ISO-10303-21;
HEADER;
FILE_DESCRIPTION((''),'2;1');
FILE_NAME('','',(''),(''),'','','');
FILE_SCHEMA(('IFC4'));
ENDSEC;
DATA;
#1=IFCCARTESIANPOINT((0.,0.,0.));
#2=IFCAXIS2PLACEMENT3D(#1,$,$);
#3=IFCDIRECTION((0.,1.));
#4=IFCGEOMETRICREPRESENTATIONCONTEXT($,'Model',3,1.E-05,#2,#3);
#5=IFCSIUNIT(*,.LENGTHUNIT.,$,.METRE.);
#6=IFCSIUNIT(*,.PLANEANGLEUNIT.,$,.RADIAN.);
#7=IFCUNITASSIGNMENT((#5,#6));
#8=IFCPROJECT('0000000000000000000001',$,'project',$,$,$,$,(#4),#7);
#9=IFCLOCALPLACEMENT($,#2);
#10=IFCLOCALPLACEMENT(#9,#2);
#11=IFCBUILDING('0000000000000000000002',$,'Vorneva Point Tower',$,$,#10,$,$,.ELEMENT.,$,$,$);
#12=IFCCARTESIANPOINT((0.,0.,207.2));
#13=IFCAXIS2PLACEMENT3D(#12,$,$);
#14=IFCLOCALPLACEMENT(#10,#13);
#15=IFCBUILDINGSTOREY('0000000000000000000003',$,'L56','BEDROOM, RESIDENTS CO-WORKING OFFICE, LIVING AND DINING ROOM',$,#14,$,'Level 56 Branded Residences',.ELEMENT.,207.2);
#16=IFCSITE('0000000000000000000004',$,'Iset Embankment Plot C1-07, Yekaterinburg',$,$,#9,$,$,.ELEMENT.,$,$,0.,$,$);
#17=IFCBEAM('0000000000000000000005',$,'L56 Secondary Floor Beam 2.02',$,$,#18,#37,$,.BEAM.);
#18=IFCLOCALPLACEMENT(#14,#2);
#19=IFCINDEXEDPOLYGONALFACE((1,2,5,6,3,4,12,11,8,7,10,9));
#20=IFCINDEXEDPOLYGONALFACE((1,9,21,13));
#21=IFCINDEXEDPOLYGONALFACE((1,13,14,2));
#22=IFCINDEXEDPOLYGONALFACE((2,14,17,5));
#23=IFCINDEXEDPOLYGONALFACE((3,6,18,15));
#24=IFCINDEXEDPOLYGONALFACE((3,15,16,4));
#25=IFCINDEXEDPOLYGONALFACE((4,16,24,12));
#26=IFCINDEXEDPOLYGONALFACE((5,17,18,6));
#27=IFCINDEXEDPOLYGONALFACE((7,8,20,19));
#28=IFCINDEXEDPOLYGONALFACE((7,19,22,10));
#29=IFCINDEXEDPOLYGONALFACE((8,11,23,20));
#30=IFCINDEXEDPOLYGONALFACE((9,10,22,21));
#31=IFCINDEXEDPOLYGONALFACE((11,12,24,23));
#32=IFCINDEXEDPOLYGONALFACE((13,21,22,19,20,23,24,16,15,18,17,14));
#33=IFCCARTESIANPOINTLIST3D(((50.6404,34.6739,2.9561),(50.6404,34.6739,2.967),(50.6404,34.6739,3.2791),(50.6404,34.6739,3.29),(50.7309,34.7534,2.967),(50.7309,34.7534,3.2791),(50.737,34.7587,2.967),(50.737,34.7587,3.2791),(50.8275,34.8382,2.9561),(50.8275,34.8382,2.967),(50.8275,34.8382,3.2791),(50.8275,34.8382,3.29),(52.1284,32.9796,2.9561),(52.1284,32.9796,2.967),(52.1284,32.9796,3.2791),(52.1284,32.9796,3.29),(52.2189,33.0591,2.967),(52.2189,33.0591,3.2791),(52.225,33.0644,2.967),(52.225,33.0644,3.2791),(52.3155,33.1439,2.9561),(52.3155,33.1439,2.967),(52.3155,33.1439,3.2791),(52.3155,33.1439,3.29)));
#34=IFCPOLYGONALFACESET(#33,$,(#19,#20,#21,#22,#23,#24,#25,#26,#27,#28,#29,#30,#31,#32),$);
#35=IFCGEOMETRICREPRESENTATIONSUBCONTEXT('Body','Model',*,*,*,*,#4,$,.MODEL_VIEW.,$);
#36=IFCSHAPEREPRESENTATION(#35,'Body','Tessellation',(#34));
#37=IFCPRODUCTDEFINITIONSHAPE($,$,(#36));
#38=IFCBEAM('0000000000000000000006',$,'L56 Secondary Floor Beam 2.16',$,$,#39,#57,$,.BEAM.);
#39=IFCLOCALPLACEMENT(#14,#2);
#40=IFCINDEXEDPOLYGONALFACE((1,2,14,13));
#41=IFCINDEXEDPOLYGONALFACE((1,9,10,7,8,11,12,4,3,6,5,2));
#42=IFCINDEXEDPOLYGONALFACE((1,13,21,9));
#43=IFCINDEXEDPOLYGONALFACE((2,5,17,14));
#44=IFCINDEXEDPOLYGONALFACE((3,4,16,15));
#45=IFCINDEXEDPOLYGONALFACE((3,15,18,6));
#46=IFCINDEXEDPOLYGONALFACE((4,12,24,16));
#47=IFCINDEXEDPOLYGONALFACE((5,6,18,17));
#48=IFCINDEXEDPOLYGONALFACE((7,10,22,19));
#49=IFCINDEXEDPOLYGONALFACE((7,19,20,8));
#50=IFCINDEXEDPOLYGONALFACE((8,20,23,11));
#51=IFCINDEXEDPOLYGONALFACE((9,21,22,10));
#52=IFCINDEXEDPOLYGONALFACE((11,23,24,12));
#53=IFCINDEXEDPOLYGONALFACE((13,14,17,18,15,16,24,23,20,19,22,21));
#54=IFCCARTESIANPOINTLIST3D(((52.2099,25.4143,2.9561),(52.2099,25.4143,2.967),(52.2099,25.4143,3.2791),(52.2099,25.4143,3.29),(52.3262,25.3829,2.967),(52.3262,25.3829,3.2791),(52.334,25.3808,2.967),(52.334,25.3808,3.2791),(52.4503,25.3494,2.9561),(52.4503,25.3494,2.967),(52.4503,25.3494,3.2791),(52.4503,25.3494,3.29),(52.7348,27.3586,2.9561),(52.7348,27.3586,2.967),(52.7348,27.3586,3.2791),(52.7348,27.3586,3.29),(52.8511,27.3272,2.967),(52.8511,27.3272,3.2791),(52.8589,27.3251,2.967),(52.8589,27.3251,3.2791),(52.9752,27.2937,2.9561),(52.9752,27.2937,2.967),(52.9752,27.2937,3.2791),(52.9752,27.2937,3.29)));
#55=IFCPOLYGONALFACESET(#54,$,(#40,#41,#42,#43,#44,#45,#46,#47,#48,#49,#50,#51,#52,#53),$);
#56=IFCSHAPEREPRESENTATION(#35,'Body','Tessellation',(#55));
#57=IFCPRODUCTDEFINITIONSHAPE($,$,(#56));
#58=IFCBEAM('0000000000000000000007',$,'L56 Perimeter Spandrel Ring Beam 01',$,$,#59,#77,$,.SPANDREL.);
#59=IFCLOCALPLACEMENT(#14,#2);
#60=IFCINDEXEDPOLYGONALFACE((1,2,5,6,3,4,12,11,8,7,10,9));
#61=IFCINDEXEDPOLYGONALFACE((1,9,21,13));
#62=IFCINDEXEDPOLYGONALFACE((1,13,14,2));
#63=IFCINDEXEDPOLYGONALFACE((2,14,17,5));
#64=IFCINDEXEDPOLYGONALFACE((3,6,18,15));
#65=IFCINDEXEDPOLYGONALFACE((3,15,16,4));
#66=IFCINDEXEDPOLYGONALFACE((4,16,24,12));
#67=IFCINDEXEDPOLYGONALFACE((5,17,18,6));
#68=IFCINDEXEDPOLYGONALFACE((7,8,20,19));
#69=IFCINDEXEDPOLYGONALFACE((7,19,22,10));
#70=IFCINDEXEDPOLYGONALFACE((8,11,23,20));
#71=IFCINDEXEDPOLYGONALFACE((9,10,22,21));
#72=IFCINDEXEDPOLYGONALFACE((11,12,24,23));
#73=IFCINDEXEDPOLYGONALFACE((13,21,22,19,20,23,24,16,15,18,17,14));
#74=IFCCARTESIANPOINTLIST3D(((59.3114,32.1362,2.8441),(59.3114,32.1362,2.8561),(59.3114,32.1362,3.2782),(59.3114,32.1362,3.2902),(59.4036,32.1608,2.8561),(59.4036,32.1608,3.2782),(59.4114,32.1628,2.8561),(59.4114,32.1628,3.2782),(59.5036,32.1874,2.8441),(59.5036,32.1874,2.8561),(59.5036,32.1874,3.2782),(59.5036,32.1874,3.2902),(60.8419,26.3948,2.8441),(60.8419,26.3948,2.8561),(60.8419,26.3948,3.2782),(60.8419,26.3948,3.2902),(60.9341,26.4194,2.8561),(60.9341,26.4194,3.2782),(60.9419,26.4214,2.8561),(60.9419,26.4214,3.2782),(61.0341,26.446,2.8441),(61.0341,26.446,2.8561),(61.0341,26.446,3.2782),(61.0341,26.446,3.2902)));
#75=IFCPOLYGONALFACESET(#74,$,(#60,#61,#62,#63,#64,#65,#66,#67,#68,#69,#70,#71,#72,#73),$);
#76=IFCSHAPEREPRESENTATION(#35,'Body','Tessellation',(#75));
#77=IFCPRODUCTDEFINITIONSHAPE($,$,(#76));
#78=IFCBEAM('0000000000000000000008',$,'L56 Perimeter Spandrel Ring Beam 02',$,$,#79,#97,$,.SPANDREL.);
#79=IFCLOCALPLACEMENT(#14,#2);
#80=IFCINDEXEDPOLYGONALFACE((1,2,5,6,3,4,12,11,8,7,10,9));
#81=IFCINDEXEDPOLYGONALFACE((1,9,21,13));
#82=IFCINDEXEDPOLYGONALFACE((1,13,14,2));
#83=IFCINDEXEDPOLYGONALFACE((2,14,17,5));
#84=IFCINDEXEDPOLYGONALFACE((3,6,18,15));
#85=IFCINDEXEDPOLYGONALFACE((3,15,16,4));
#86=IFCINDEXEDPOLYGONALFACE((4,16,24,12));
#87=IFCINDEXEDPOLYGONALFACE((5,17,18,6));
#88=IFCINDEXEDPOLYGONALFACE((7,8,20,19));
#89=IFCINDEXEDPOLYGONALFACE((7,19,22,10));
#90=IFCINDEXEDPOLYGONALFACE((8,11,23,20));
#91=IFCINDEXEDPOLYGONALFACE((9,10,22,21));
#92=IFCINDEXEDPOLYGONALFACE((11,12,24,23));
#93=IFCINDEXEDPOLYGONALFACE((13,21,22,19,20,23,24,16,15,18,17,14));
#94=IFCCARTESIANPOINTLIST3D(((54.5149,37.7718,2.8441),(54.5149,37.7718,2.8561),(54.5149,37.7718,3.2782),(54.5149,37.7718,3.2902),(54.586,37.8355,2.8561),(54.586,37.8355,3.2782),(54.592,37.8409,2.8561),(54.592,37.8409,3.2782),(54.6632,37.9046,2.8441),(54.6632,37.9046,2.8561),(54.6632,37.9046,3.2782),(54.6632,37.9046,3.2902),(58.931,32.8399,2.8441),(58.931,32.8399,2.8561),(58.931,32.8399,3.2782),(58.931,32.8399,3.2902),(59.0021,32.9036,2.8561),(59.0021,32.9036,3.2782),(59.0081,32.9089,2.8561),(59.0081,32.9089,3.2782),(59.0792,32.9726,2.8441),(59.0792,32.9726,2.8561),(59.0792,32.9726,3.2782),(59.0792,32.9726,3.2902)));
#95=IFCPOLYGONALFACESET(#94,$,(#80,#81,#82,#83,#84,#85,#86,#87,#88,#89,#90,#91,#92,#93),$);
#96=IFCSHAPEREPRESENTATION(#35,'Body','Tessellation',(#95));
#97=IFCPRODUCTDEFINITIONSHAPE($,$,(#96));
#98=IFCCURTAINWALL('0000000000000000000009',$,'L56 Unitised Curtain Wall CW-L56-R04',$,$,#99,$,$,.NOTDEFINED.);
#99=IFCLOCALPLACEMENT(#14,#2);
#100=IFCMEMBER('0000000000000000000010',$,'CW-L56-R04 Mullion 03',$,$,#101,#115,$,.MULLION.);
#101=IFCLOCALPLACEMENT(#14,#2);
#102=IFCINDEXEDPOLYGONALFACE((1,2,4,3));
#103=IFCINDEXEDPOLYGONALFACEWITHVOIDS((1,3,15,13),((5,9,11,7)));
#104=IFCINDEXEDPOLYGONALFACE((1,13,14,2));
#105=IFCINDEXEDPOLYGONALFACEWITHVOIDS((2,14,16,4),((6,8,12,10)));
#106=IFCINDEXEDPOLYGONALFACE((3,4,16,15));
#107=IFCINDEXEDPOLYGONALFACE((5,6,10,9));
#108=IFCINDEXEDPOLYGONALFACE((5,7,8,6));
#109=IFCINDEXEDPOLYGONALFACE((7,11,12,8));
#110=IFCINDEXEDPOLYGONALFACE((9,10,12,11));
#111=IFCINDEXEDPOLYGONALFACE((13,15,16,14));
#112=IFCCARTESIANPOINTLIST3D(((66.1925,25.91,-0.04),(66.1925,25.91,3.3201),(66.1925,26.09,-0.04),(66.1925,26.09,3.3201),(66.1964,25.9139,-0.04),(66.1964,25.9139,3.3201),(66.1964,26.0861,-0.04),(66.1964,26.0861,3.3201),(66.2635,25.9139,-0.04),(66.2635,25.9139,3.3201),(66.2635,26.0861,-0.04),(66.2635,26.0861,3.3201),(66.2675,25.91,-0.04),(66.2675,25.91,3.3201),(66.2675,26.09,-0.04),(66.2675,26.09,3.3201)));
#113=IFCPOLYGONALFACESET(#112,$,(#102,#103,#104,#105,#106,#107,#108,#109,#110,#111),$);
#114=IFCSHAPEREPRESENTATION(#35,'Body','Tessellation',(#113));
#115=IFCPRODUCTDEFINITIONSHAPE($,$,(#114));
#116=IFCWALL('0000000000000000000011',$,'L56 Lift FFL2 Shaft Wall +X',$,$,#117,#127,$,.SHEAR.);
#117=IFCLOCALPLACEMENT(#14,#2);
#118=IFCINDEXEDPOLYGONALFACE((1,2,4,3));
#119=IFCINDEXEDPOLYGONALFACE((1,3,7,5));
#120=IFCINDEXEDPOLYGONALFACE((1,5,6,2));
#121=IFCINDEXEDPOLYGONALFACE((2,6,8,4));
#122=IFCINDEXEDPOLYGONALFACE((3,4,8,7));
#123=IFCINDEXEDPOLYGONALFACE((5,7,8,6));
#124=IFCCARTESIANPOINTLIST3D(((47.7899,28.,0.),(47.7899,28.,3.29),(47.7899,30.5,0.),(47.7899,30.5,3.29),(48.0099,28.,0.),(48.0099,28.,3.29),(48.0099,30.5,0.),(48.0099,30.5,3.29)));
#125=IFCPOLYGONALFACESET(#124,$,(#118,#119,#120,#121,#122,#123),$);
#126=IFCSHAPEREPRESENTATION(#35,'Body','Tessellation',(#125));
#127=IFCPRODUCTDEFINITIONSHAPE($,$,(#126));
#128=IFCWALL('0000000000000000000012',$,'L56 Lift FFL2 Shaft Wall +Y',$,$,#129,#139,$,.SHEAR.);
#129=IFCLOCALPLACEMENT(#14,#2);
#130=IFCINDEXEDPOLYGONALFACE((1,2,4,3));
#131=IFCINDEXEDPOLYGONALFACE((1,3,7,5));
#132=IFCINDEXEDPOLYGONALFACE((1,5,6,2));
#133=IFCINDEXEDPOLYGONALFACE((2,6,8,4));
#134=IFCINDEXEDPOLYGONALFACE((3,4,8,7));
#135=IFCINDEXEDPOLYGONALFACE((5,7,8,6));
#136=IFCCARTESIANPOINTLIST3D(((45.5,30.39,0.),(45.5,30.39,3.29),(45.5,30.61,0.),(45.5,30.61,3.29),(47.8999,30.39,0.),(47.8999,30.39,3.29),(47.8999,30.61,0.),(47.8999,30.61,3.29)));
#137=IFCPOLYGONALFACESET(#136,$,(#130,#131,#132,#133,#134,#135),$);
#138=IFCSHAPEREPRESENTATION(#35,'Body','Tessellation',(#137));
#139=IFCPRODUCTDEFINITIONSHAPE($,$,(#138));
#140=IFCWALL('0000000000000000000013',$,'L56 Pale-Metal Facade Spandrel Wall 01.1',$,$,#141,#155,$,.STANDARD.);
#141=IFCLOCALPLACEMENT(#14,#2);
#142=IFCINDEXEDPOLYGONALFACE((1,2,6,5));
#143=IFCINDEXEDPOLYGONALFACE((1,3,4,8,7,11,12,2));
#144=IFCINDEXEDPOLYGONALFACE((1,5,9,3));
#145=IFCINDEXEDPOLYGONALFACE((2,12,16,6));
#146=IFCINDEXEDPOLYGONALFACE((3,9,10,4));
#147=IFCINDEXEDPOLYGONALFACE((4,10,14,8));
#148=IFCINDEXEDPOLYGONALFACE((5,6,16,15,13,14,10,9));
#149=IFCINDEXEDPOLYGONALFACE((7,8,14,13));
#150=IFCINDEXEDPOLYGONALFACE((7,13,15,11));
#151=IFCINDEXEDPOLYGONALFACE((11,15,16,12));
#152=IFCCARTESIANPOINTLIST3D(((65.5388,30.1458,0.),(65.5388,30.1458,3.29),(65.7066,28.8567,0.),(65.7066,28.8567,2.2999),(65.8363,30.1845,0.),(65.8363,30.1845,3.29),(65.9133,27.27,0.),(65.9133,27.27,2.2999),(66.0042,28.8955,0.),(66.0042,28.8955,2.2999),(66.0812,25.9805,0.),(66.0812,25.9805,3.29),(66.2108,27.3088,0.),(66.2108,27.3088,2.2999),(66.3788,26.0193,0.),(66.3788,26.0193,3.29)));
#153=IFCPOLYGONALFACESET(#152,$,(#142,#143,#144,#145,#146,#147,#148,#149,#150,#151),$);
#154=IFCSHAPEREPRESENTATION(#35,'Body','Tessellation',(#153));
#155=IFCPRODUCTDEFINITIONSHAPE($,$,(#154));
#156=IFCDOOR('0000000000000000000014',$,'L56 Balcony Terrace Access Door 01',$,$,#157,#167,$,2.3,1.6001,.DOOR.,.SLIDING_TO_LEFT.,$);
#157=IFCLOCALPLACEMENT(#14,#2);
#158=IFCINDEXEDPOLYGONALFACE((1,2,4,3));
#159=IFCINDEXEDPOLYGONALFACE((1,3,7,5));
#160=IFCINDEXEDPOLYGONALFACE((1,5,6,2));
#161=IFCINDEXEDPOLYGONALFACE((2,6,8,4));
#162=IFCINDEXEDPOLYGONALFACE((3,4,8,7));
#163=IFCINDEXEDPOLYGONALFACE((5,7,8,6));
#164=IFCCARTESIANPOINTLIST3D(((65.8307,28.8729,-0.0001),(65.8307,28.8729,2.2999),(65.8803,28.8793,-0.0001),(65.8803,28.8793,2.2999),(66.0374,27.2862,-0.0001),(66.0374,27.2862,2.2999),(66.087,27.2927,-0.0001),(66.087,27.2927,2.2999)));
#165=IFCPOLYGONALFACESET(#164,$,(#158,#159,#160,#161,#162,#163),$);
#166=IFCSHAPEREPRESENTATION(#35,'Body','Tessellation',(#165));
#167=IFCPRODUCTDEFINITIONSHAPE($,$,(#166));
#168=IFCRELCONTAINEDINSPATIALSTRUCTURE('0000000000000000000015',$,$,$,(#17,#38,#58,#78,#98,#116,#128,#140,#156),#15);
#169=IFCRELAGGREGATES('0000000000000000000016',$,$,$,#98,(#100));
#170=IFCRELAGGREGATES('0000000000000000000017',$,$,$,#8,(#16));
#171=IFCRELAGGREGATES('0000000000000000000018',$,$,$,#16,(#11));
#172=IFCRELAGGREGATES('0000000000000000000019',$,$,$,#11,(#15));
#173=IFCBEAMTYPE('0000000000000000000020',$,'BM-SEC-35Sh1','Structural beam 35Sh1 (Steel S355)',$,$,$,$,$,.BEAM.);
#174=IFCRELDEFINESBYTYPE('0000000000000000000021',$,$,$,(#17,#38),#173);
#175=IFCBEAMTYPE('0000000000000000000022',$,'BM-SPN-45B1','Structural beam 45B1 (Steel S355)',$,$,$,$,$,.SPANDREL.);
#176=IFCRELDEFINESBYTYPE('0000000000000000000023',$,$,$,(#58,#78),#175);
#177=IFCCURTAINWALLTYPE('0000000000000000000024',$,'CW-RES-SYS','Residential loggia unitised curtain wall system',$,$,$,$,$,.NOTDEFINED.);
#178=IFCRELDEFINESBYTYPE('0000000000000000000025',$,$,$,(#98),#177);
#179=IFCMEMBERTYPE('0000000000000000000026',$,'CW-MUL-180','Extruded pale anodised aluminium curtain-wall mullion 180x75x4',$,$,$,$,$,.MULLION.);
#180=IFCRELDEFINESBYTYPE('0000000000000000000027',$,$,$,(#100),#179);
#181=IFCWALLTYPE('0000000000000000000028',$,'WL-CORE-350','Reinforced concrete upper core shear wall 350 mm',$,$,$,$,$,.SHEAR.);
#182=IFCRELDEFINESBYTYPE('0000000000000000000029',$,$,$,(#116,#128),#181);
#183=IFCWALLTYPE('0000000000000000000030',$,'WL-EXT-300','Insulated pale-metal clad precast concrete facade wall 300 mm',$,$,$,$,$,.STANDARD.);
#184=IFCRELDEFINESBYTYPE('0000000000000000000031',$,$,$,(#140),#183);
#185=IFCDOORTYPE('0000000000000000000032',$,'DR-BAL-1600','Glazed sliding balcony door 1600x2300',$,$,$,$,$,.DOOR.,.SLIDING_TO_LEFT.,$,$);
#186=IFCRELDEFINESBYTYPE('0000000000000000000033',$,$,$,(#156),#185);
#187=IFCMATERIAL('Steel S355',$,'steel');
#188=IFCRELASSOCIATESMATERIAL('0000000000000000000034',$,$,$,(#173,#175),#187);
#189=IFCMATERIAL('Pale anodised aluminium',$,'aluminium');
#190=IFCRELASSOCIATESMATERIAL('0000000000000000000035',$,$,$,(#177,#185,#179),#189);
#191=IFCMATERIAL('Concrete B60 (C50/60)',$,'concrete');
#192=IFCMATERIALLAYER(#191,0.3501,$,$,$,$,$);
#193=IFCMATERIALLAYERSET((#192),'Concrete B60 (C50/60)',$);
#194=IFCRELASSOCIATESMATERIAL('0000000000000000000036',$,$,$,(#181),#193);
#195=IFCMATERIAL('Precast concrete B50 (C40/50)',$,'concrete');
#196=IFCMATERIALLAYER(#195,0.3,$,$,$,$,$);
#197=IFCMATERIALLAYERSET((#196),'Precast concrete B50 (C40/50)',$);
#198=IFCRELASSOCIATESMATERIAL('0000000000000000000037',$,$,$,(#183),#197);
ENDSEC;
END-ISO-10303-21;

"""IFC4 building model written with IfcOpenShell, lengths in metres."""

from ifc_helpers import new_model, si_unit, direction, frame, frame_2d, origin, origin_2d, place, context, subcontext, project, spatial, rectangle, hollow_rectangle, i_section, extrude, material, layer, layer_set, material_profile, profile_set, type_object, element, fill, aggregate, save


model = new_model("IFC4")

# Units and contexts
model_context = context("Model", 3, precision=1e-05, world=origin(), true_north=direction((0.0, 1.0)))
body_context = subcontext(model_context, "Body", "Model", "MODEL_VIEW")
ifc_project = project(units=[si_unit("LENGTHUNIT", "METRE"), si_unit("PLANEANGLEUNIT", "RADIAN")], contexts=[model_context])

# Site, building, storey
site_placement = place(None, origin())
site = spatial("IfcSite", under=ifc_project, at=site_placement, Name="Iset Embankment Plot C1-07, Yekaterinburg", CompositionType="ELEMENT", RefElevation=0.0)
building_placement = place(site_placement, origin())
building = spatial("IfcBuilding", under=site, at=building_placement, Name="Vorneva Point Tower", CompositionType="ELEMENT")
storey_placement = place(building_placement, frame((0.0, 0.0, 207.2)))
storey = spatial("IfcBuildingStorey", under=building, at=storey_placement, Name="L56", Description="BEDROOM, RESIDENTS CO-WORKING OFFICE, LIVING AND DINING ROOM", LongName="Level 56 Branded Residences", CompositionType="ELEMENT", Elevation=207.2)

# Beams
ifc_material_1 = material(Name="Steel S355", Category="steel")
ifc_material_profile_1 = material_profile(ifc_material_1, i_section(OverallWidth=0.249, OverallDepth=0.334, WebThickness=0.0081, FlangeThickness=0.011, at=origin_2d()), Name="35Sh1")
ifc_profile_set_1 = profile_set([ifc_material_profile_1], Name="Steel S355")
beam_type_1 = type_object("IfcBeamType", Name="BM-SEC-35Sh1", Description="Structural beam 35Sh1 (Steel S355)", PredefinedType="BEAM", material=ifc_profile_set_1)
beam_1_placement = place(storey_placement, frame((52.2219, 33.0618, 3.123), z_axis=(-0.659883, 0.751368, 0.0), x_axis=(-0.751368, -0.659883, 0.0)))
element("IfcBeam", 1, at=beam_1_placement, inside=storey, type_object=beam_type_1, Name="L56 Secondary Floor Beam 2.02", PredefinedType="BEAM", context=body_context, shape_type="SweptSolid", body=[
    extrude(i_section(OverallWidth=0.249, OverallDepth=0.334, WebThickness=0.0081, FlangeThickness=0.011, at=origin_2d()), origin(), (0.0, 0.0, 1.0), 2.2549),
])
beam_2_placement = place(storey_placement, frame((52.3301, 25.3818, 3.123), z_axis=(0.260634, 0.965438, 0.0), x_axis=(-0.965438, 0.260634, 0.0)))
element("IfcBeam", 2, at=beam_2_placement, inside=storey, type_object=beam_type_1, Name="L56 Secondary Floor Beam 2.16", PredefinedType="BEAM", context=body_context, shape_type="SweptSolid", body=[
    extrude(i_section(OverallWidth=0.249, OverallDepth=0.334, WebThickness=0.0081, FlangeThickness=0.011, at=origin_2d()), origin(), (0.0, 0.0, 1.0), 2.0139),
])
ifc_material_profile_2 = material_profile(ifc_material_1, i_section(OverallWidth=0.199, OverallDepth=0.446, WebThickness=0.0081, FlangeThickness=0.012, at=origin_2d()), Name="45B1")
ifc_profile_set_2 = profile_set([ifc_material_profile_2], Name="Steel S355")
beam_type_2 = type_object("IfcBeamType", Name="BM-SPN-45B1", Description="Structural beam 45B1 (Steel S355)", PredefinedType="SPANDREL", material=ifc_profile_set_2)
beam_3_placement = place(storey_placement, frame((60.938, 26.4204, 3.0671), z_axis=(-0.257578, 0.966257, 0.0), x_axis=(-0.966257, -0.257578, 0.0)))
element("IfcBeam", 3, at=beam_3_placement, inside=storey, type_object=beam_type_2, Name="L56 Perimeter Spandrel Ring Beam 01", PredefinedType="SPANDREL", context=body_context, shape_type="SweptSolid", body=[
    extrude(i_section(OverallWidth=0.199, OverallDepth=0.446, WebThickness=0.0081, FlangeThickness=0.012, at=origin_2d()), origin(), (0.0, 0.0, 1.0), 5.9419),
])
beam_4_placement = place(storey_placement, frame((59.0051, 32.9062, 3.0671), z_axis=(-0.66707, 0.744995, 0.0), x_axis=(-0.744995, -0.66707, 0.0)))
element("IfcBeam", 4, at=beam_4_placement, inside=storey, type_object=beam_type_2, Name="L56 Perimeter Spandrel Ring Beam 02", PredefinedType="SPANDREL", context=body_context, shape_type="SweptSolid", body=[
    extrude(i_section(OverallWidth=0.199, OverallDepth=0.446, WebThickness=0.0081, FlangeThickness=0.012, at=origin_2d()), origin(), (0.0, 0.0, 1.0), 6.6201),
])

# Curtain wall, member
ifc_material_2 = material(Name="Pale anodised aluminium", Category="aluminium")
curtain_wall_type = type_object("IfcCurtainWallType", Name="CW-RES-SYS", Description="Residential loggia unitised curtain wall system", PredefinedType="NOTDEFINED", material=ifc_material_2)
curtain_wall_placement = place(storey_placement, origin())
curtain_wall = element("IfcCurtainWall", 5, at=curtain_wall_placement, inside=storey, type_object=curtain_wall_type, Name="L56 Unitised Curtain Wall CW-L56-R04", PredefinedType="NOTDEFINED")
ifc_material_profile_3 = material_profile(ifc_material_2, hollow_rectangle(XDim=0.075, YDim=0.1799, WallThickness=0.0039, at=origin_2d()), Name="AL-MUL 180x75x4")
ifc_profile_set_3 = profile_set([ifc_material_profile_3], Name="Pale anodised aluminium")
member_type = type_object("IfcMemberType", Name="CW-MUL-180", Description="Extruded pale anodised aluminium curtain-wall mullion 180x75x4", PredefinedType="MULLION", material=ifc_profile_set_3)
member_placement = place(storey_placement, frame((66.23, 26.0, -0.04), z_axis=(0.0, 0.0, 1.0), x_axis=(1.0, 0.0, 0.0)))
member = element("IfcMember", 6, at=member_placement, type_object=member_type, Name="CW-L56-R04 Mullion 03", PredefinedType="MULLION", context=body_context, shape_type="SweptSolid", body=[
    extrude(hollow_rectangle(XDim=0.075, YDim=0.1799, WallThickness=0.0039, at=origin_2d()), origin(), (0.0, 0.0, 1.0), 3.3601),
])
aggregate(curtain_wall, [member])

# Walls
ifc_material_3 = material(Name="Concrete B60 (C50/60)", Category="concrete")
ifc_layer_1 = layer(ifc_material_3, 0.3501)
ifc_layer_set_1 = layer_set([ifc_layer_1], Name="Concrete B60 (C50/60)")
wall_type_1 = type_object("IfcWallType", Name="WL-CORE-350", Description="Reinforced concrete upper core shear wall 350 mm", PredefinedType="SHEAR", material=ifc_layer_set_1)
wall_1_placement = place(storey_placement, frame((47.8999, 28.0, 0.0), z_axis=(0.0, 0.0, 1.0), x_axis=(0.0, 1.0, 0.0)))
element("IfcWall", 7, at=wall_1_placement, inside=storey, type_object=wall_type_1, Name="L56 Lift FFL2 Shaft Wall +X", PredefinedType="SHEAR", context=body_context, shape_type="SweptSolid", body=[
    extrude(rectangle(XDim=2.5, YDim=0.22, at=frame_2d((1.25, 0.0))), origin(), (0.0, 0.0, 1.0), 3.29),
])
wall_2_placement = place(storey_placement, frame((47.8999, 30.5, 0.0), z_axis=(0.0, 0.0, 1.0), x_axis=(-1.0, 0.0, 0.0)))
element("IfcWall", 8, at=wall_2_placement, inside=storey, type_object=wall_type_1, Name="L56 Lift FFL2 Shaft Wall +Y", PredefinedType="SHEAR", context=body_context, shape_type="SweptSolid", body=[
    extrude(rectangle(XDim=2.3999, YDim=0.22, at=frame_2d((1.2, 0.0))), origin(), (0.0, 0.0, 1.0), 3.29),
])

# Wall, opening, door
ifc_material_4 = material(Name="Precast concrete B50 (C40/50)", Category="concrete")
ifc_layer_2 = layer(ifc_material_4, 0.3)
ifc_layer_set_2 = layer_set([ifc_layer_2], Name="Precast concrete B50 (C40/50)")
wall_type_2 = type_object("IfcWallType", Name="WL-EXT-300", Description="Insulated pale-metal clad precast concrete facade wall 300 mm", PredefinedType="STANDARD", material=ifc_layer_set_2)
wall_3_placement = place(storey_placement, frame((66.23, 26.0, 0.0), z_axis=(0.0, 0.0, 1.0), x_axis=(-0.129148, 0.991625, 0.0)))
wall_3 = element("IfcWall", 9, at=wall_3_placement, inside=storey, type_object=wall_type_2, Name="L56 Pale-Metal Facade Spandrel Wall 01.1", PredefinedType="STANDARD", context=body_context, shape_type="SweptSolid", body=[
    extrude(rectangle(XDim=4.2004, YDim=0.3, at=frame_2d((2.1001, 0.0))), origin(), (0.0, 0.0, 1.0), 3.29),
])
opening_1_placement = place(wall_3_placement, frame((1.3003, 0.0, 0.0)))
opening_1 = element("IfcOpeningElement", 10, at=opening_1_placement, cuts=wall_3, PredefinedType="OPENING", context=body_context, shape_type="SweptSolid", body=[
    extrude(rectangle(XDim=1.6001, YDim=2.3, at=frame_2d((0.8, 1.1499))), frame((0.0, 0.165, 0.0), z_axis=(0.0, -1.0, 0.0), x_axis=(1.0, 0.0, 0.0)), (0.0, 0.0, 1.0), 0.3298),
])
door_type_1 = type_object("IfcDoorType", Name="DR-BAL-1600", Description="Glazed sliding balcony door 1600x2300", OperationType="SLIDING_TO_LEFT", PredefinedType="DOOR", material=ifc_material_2)
door_1_placement = place(opening_1_placement, origin())
door_1 = element("IfcDoor", 11, at=door_1_placement, inside=storey, type_object=door_type_1, Name="L56 Balcony Terrace Access Door 01", OperationType="SLIDING_TO_LEFT", OverallHeight=2.3, OverallWidth=1.6001, PredefinedType="DOOR", context=body_context, shape_type="SweptSolid", body=[
    extrude(rectangle(XDim=1.6001, YDim=2.3, at=frame_2d((0.8, 1.1499))), frame((0.0, 0.0249, 0.0), z_axis=(0.0, -1.0, 0.0), x_axis=(1.0, 0.0, 0.0)), (0.0, 0.0, 1.0), 0.05),
])
fill(opening_1, door_1)

save(model, "model.ifc")
